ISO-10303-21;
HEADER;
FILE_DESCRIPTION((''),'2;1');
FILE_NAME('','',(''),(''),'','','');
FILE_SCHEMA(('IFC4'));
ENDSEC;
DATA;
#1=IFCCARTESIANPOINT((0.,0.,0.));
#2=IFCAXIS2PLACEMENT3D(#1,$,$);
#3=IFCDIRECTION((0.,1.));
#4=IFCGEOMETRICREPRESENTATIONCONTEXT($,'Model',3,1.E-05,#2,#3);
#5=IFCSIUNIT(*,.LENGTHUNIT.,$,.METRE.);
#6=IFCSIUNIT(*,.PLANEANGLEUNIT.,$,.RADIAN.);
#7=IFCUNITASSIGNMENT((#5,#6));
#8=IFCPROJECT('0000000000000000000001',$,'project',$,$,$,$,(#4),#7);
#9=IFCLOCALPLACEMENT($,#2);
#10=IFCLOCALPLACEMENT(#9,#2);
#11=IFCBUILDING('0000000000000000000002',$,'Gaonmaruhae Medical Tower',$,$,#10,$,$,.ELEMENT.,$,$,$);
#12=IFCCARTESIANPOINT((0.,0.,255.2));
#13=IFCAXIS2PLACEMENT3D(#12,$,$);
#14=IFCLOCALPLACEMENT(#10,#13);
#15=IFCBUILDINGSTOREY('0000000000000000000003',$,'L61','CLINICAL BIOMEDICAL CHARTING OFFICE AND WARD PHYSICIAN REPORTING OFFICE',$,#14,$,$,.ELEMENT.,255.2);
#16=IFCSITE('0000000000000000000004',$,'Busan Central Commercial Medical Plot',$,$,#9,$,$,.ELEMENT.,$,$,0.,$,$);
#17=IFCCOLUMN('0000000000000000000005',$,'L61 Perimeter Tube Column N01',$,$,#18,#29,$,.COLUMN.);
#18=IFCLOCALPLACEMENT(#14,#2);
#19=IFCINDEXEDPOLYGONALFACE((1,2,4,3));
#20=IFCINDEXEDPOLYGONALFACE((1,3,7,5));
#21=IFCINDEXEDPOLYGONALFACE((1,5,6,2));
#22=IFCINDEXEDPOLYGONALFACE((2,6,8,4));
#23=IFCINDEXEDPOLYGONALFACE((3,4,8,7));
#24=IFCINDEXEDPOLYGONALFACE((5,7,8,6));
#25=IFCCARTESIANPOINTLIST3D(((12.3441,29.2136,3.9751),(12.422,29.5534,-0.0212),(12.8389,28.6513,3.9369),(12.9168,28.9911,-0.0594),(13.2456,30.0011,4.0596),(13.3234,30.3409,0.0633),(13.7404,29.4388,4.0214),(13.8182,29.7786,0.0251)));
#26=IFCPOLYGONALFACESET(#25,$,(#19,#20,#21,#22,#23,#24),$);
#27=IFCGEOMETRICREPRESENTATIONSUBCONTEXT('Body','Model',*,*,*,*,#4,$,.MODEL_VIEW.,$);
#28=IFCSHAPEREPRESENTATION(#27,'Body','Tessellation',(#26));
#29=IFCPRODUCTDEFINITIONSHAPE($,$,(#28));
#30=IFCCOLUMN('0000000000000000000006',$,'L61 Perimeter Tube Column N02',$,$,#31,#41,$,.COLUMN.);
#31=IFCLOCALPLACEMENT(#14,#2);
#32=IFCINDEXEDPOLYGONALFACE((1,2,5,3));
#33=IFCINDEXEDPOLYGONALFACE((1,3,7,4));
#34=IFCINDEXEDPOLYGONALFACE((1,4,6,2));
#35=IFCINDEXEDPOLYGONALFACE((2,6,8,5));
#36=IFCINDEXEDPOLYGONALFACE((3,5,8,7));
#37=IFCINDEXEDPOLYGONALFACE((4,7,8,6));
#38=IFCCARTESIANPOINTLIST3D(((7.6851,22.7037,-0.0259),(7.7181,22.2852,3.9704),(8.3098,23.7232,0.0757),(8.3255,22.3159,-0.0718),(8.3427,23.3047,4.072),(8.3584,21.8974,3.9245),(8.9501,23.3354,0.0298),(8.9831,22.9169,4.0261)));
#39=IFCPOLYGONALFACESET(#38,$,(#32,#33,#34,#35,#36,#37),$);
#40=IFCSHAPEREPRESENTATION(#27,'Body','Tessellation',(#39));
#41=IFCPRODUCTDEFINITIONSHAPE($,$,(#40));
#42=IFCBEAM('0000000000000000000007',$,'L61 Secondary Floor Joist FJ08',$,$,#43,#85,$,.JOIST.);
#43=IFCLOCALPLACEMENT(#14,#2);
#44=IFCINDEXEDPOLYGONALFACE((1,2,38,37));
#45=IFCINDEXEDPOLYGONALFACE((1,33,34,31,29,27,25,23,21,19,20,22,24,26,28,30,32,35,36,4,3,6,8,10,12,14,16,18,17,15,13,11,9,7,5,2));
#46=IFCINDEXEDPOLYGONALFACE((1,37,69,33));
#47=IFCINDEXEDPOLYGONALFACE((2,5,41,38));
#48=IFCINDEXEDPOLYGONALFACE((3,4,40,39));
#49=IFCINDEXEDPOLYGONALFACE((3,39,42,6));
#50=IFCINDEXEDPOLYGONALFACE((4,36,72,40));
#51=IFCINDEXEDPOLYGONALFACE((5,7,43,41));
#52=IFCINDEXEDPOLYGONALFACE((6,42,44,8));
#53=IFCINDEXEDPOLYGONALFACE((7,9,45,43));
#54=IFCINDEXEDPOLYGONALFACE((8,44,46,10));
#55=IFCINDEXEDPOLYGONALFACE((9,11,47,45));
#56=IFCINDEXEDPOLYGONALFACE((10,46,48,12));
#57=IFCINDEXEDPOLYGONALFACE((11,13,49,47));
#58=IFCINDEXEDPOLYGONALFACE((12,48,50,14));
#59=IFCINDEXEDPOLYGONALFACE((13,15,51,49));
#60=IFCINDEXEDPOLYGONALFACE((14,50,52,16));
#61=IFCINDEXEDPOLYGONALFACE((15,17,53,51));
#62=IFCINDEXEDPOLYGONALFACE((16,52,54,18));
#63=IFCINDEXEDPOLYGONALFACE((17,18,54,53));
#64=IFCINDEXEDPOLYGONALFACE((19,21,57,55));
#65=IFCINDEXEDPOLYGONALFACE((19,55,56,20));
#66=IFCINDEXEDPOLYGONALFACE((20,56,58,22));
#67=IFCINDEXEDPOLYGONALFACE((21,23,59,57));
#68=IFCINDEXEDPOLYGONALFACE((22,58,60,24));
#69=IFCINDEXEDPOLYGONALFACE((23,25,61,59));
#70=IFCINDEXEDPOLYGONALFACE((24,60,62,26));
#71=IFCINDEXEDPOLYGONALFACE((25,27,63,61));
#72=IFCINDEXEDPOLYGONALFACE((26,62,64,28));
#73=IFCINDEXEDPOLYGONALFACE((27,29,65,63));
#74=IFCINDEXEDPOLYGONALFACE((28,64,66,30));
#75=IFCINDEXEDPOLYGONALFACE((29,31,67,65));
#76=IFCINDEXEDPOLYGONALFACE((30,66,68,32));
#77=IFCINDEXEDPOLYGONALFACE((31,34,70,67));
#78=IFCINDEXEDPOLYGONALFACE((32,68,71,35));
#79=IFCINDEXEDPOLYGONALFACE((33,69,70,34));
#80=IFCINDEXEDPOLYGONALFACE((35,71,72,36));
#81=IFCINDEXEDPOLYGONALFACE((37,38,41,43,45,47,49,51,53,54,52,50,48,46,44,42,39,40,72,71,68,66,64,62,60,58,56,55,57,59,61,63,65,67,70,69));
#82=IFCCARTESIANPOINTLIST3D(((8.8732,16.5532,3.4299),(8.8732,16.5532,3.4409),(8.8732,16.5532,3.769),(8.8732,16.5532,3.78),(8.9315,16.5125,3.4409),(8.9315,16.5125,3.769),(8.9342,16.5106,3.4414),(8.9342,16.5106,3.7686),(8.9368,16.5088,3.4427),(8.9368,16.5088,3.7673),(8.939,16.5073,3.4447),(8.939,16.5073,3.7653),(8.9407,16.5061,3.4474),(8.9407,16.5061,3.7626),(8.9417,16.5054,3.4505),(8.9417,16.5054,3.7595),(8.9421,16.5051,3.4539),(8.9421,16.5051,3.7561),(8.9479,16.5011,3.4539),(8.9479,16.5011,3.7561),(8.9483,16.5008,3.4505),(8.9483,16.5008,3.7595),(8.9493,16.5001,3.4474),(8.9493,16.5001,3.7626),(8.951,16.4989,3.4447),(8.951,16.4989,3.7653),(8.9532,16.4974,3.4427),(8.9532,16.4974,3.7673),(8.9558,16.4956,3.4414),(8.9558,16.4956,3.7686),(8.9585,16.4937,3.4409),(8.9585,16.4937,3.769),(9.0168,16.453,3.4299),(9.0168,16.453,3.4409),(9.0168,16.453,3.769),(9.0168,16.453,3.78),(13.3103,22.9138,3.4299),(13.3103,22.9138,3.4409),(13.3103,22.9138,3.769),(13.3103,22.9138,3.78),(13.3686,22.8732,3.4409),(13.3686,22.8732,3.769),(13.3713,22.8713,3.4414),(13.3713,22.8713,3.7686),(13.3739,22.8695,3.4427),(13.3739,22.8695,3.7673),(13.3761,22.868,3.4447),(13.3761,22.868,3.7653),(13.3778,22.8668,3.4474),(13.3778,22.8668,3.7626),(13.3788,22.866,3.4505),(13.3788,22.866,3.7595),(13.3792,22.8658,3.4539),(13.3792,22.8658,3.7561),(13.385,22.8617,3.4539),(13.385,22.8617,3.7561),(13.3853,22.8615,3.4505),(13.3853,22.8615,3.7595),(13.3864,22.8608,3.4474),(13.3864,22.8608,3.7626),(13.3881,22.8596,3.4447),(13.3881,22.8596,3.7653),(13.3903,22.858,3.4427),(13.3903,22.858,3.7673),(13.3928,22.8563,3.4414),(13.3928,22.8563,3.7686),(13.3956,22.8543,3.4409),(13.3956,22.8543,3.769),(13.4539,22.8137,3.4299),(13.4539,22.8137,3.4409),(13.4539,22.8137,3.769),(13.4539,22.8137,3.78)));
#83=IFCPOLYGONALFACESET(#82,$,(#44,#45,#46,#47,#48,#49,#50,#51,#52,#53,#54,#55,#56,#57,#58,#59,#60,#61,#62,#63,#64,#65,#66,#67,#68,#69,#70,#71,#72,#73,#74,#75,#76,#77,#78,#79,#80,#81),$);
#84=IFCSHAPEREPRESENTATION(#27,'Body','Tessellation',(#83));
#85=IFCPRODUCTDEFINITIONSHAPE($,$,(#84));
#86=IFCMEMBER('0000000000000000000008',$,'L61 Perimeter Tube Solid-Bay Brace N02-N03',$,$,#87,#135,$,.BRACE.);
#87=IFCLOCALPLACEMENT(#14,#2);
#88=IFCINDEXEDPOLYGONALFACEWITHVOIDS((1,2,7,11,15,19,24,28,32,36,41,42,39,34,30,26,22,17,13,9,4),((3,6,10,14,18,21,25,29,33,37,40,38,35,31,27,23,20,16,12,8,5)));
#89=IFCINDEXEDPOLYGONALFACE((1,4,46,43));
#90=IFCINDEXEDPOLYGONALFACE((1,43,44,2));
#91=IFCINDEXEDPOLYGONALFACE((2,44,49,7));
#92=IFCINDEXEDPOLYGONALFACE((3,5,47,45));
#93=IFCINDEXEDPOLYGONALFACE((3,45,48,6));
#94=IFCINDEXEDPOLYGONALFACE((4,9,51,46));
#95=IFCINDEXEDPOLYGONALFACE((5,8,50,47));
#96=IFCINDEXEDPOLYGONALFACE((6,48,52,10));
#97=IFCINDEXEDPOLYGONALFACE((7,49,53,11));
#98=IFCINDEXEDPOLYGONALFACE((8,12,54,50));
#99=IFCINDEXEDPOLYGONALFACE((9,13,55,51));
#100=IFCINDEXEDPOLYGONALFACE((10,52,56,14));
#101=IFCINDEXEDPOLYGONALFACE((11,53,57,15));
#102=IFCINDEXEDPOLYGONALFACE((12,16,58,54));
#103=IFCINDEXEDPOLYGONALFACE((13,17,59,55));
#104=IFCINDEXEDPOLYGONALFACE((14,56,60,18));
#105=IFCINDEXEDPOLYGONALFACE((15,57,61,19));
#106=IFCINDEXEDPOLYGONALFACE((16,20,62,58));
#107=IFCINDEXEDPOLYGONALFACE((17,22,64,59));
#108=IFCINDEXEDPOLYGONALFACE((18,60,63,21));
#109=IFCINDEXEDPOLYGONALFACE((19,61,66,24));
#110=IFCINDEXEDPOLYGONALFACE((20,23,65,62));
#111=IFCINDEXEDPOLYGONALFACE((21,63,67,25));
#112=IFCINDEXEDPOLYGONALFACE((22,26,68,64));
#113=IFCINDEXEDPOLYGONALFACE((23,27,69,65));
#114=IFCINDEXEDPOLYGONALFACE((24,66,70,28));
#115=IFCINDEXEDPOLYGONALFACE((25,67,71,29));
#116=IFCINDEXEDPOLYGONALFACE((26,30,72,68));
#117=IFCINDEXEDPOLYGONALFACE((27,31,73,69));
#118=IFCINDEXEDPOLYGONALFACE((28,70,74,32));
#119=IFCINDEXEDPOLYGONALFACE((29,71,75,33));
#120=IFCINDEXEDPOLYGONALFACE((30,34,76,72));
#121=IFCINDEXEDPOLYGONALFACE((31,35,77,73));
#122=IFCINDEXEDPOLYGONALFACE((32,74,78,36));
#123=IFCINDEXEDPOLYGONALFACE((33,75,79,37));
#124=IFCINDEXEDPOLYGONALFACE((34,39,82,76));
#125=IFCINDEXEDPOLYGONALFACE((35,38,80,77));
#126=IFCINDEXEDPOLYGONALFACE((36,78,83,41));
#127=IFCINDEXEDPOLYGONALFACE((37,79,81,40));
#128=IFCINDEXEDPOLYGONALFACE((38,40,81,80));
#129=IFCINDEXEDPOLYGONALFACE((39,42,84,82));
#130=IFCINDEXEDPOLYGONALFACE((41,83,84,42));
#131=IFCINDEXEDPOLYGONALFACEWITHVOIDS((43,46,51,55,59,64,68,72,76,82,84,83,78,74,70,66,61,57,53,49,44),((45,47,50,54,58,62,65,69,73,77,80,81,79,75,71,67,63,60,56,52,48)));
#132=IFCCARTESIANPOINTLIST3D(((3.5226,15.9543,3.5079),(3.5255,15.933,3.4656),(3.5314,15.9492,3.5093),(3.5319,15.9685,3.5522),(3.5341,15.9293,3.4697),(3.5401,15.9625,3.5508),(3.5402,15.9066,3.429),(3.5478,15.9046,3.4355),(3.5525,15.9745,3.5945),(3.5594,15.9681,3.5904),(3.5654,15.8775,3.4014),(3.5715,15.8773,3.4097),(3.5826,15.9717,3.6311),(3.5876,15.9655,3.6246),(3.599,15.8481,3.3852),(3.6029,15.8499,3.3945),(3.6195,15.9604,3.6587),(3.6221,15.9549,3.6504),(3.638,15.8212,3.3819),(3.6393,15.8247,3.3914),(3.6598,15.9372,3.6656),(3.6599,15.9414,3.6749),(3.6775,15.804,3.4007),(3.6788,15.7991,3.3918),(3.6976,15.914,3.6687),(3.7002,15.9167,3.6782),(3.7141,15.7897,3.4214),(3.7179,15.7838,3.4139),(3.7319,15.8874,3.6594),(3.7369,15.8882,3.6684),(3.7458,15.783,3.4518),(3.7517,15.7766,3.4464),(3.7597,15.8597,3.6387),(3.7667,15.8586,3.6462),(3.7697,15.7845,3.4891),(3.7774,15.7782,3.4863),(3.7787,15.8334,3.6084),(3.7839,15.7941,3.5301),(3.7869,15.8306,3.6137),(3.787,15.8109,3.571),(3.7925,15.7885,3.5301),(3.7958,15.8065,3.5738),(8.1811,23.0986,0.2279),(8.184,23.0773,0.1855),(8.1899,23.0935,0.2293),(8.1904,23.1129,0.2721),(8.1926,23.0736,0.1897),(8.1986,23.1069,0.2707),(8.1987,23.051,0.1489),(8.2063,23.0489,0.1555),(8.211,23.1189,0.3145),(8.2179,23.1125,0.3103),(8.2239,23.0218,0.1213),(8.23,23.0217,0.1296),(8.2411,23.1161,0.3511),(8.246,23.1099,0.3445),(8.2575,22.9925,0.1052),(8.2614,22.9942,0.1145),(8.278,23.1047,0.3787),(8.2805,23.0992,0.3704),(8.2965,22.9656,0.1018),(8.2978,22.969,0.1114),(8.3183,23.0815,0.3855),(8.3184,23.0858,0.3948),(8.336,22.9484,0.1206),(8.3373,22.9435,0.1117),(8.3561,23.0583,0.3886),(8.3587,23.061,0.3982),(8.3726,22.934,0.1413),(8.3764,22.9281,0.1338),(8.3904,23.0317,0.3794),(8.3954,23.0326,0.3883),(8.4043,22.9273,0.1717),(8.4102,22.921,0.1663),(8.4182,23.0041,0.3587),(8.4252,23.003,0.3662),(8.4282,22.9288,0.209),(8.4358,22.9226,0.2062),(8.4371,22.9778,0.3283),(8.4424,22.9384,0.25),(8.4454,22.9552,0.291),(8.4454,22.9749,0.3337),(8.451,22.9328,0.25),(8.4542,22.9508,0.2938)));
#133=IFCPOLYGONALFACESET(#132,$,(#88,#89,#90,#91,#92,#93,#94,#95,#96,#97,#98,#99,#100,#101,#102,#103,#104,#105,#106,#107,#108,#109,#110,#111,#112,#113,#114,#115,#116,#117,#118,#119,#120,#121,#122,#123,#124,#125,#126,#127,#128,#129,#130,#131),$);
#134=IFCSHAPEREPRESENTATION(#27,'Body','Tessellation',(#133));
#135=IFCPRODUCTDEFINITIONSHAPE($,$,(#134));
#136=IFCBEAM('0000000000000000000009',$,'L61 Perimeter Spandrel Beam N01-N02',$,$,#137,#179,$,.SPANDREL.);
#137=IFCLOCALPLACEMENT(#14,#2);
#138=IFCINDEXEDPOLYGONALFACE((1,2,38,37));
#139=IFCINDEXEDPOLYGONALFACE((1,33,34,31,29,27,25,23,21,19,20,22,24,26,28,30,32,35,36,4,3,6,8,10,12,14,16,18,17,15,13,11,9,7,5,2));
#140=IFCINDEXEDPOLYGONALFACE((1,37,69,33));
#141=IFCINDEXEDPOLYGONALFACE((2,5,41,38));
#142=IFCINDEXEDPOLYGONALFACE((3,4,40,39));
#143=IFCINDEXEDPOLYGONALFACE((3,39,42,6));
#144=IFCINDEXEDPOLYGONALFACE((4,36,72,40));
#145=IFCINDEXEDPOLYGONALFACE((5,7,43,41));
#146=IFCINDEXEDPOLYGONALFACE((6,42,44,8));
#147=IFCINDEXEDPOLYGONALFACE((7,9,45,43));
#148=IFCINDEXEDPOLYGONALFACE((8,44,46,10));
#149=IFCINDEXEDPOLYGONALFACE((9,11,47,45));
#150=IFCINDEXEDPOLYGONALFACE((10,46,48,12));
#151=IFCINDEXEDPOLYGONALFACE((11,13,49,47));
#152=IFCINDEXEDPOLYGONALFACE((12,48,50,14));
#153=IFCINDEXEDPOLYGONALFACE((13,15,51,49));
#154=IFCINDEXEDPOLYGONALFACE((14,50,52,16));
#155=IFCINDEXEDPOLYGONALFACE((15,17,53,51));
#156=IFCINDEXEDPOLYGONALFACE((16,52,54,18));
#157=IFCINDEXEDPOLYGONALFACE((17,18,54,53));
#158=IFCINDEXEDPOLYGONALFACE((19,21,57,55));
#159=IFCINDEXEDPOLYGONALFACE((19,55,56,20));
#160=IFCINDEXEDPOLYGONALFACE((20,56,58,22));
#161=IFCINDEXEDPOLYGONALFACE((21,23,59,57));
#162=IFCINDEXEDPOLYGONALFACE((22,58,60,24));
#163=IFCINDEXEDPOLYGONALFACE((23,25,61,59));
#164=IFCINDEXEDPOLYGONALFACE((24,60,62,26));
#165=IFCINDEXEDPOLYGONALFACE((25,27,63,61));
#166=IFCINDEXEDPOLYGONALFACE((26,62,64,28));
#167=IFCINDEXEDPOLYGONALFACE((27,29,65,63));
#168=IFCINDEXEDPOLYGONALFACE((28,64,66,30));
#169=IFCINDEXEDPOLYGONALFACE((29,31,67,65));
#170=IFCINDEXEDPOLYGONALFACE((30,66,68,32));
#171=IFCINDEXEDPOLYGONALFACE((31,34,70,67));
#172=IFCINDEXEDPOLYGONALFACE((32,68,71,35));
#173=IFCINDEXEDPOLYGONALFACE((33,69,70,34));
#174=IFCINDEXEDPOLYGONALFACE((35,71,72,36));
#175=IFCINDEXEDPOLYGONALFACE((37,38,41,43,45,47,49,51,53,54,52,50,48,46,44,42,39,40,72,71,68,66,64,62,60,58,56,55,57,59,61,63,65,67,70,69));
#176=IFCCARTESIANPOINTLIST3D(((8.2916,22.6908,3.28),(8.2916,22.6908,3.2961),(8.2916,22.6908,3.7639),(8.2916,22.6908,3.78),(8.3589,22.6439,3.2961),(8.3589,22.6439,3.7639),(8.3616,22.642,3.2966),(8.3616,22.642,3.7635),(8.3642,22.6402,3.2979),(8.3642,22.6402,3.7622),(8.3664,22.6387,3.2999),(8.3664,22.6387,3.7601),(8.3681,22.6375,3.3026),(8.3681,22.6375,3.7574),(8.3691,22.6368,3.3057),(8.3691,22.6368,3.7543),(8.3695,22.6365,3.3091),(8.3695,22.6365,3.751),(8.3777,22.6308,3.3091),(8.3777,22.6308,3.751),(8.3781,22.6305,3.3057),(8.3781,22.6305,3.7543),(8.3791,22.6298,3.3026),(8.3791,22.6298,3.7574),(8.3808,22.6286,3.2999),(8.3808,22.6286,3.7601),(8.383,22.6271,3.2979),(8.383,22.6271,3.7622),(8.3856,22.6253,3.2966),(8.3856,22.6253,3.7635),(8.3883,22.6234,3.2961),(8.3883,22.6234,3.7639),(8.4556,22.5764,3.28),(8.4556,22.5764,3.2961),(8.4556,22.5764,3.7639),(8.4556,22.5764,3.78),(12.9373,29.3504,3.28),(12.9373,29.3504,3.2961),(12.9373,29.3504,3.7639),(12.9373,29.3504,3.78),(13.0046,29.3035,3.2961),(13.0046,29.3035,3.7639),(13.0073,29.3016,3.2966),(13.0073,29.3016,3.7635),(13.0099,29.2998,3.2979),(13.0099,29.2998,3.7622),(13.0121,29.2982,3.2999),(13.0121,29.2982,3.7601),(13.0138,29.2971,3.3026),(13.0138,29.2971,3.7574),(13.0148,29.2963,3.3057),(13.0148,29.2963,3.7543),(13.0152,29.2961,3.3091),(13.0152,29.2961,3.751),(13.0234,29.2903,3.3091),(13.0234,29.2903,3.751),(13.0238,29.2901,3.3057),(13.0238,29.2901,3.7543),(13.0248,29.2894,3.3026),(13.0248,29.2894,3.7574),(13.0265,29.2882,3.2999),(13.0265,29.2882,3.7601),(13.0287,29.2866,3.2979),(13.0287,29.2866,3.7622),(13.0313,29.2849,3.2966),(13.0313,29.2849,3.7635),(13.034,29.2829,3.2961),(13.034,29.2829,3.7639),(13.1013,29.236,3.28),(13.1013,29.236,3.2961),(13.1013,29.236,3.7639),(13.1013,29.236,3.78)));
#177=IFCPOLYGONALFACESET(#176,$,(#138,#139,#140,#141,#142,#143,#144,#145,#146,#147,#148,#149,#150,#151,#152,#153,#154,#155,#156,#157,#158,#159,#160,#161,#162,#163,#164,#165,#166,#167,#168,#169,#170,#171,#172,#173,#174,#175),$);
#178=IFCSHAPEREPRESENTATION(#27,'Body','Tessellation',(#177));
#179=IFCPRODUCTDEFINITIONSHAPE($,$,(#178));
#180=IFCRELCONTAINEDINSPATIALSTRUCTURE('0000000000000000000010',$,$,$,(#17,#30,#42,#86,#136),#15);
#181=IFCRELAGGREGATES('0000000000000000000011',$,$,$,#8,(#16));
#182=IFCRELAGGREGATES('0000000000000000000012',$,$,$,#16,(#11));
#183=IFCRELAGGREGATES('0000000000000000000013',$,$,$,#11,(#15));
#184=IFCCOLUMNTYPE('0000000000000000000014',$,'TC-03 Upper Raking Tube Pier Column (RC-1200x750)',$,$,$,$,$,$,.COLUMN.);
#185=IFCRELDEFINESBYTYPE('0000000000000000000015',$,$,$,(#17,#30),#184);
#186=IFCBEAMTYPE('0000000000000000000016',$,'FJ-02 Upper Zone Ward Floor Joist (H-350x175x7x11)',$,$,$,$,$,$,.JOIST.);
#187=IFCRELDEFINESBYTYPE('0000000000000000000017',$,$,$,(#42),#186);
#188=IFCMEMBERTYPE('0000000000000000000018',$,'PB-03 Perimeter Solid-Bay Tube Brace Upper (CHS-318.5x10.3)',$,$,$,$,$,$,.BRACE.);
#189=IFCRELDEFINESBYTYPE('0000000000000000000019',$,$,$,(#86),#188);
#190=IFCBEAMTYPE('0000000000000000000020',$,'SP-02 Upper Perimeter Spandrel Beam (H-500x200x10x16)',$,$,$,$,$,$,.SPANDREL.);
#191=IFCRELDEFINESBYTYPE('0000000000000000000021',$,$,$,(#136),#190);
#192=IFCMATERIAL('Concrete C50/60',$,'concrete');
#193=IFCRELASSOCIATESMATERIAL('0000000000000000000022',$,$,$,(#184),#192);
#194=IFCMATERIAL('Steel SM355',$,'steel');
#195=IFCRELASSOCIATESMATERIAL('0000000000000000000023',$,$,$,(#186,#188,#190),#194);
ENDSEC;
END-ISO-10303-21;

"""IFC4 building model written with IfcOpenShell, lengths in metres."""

from ifc_helpers import new_model, si_unit, direction, frame, origin, origin_2d, place, context, subcontext, project, spatial, rectangle, hollow_circle, i_section, extrude, material, material_profile, profile_set, type_object, element, save


model = new_model("IFC4")

# Units and contexts
model_context = context("Model", 3, precision=1e-05, world=origin(), true_north=direction((0.0, 1.0)))
body_context = subcontext(model_context, "Body", "Model", "MODEL_VIEW")
ifc_project = project(units=[si_unit("LENGTHUNIT", "METRE"), si_unit("PLANEANGLEUNIT", "RADIAN")], contexts=[model_context])

# Site, building, storey
site_placement = place(None, origin())
site = spatial("IfcSite", under=ifc_project, at=site_placement, Name="Busan Central Commercial Medical Plot", CompositionType="ELEMENT", RefElevation=0.0)
building_placement = place(site_placement, origin())
building = spatial("IfcBuilding", under=site, at=building_placement, Name="Gaonmaruhae Medical Tower", CompositionType="ELEMENT")
storey_placement = place(building_placement, frame((0.0, 0.0, 255.2)))
storey = spatial("IfcBuildingStorey", under=building, at=storey_placement, Name="L61", Description="CLINICAL BIOMEDICAL CHARTING OFFICE AND WARD PHYSICIAN REPORTING OFFICE", CompositionType="ELEMENT", Elevation=255.2)

# Columns
ifc_material_1 = material(Name="Concrete C50/60", Category="concrete")
ifc_material_profile_1 = material_profile(ifc_material_1, rectangle(XDim=1.2, YDim=0.75, at=origin_2d()), Name="RC-1200x750")
ifc_profile_set_1 = profile_set([ifc_material_profile_1], Name="Concrete C50/60")
column_type = type_object("IfcColumnType", Name="TC-03 Upper Raking Tube Pier Column (RC-1200x750)", PredefinedType="COLUMN", material=ifc_profile_set_1)
column_1_placement = place(storey_placement, frame((13.1201, 29.666, 0.002), z_axis=(-0.019414, -0.084717, 0.996216), x_axis=(0.75124, 0.656259, 0.070448)))
element("IfcColumn", 1, at=column_1_placement, inside=storey, type_object=column_type, Name="L61 Perimeter Tube Column N01", PredefinedType="COLUMN", context=body_context, shape_type="SweptSolid", body=[
    extrude(rectangle(XDim=1.2, YDim=0.75, at=origin_2d()), origin(), (0.0, 0.0, 1.0), 4.0115),
])
column_2_placement = place(storey_placement, frame((8.3176, 23.0195, 0.002), z_axis=(0.008202, -0.104137, 0.994529), x_axis=(0.520561, 0.849616, 0.08467)))
element("IfcColumn", 2, at=column_2_placement, inside=storey, type_object=column_type, Name="L61 Perimeter Tube Column N02", PredefinedType="COLUMN", context=body_context, shape_type="SweptSolid", body=[
    extrude(rectangle(XDim=1.2, YDim=0.75, at=origin_2d()), origin(), (0.0, 0.0, 1.0), 4.0183),
])

# Beam
ifc_material_2 = material(Name="Steel SM355", Category="steel")
ifc_material_profile_2 = material_profile(ifc_material_2, i_section(OverallWidth=0.175, OverallDepth=0.3501, WebThickness=0.0071, FlangeThickness=0.011, FilletRadius=0.0129, at=origin_2d()), Name="H-350x175x7x11")
ifc_profile_set_2 = profile_set([ifc_material_profile_2], Name="Steel SM355")
beam_type_1 = type_object("IfcBeamType", Name="FJ-02 Upper Zone Ward Floor Joist (H-350x175x7x11)", PredefinedType="JOIST", material=ifc_profile_set_2)
beam_placement = place(storey_placement, frame((13.3821, 22.8638, 3.605), z_axis=(-0.572128, -0.820164, 0.0), x_axis=(0.820164, -0.572128, 0.0)))
element("IfcBeam", 3, at=beam_placement, inside=storey, type_object=beam_type_1, Name="L61 Secondary Floor Joist FJ08", PredefinedType="JOIST", context=body_context, shape_type="SweptSolid", body=[
    extrude(i_section(OverallWidth=0.175, OverallDepth=0.3501, WebThickness=0.0071, FlangeThickness=0.011, FilletRadius=0.0129, at=origin_2d()), origin(), (0.0, 0.0, 1.0), 7.7554),
])

# Member
ifc_material_profile_3 = material_profile(ifc_material_2, hollow_circle(Radius=0.1592, WallThickness=0.0103, at=origin_2d()), Name="CHS-318.5x10.3")
ifc_profile_set_3 = profile_set([ifc_material_profile_3], Name="Steel SM355")
member_type = type_object("IfcMemberType", Name="PB-03 Perimeter Solid-Bay Tube Brace Upper (CHS-318.5x10.3)", PredefinedType="BRACE", material=ifc_profile_set_3)
member_placement = place(storey_placement, frame((8.3176, 23.0198, 0.25), z_axis=(-0.509796, -0.781833, 0.358949), x_axis=(0.837657, -0.546196, 0.0)))
element("IfcMember", 4, at=member_placement, inside=storey, type_object=member_type, Name="L61 Perimeter Tube Solid-Bay Brace N02-N03", PredefinedType="BRACE", context=body_context, shape_type="SweptSolid", body=[
    extrude(hollow_circle(Radius=0.1592, WallThickness=0.0103, at=origin_2d()), origin(), (0.0, 0.0, 1.0), 9.1379),
])

# Beam
ifc_material_profile_4 = material_profile(ifc_material_2, i_section(OverallWidth=0.2, OverallDepth=0.5, WebThickness=0.01, FlangeThickness=0.0161, FilletRadius=0.0129, at=origin_2d()), Name="H-500x200x10x16")
ifc_profile_set_4 = profile_set([ifc_material_profile_4], Name="Steel SM355")
beam_type_2 = type_object("IfcBeamType", Name="SP-02 Upper Perimeter Spandrel Beam (H-500x200x10x16)", PredefinedType="SPANDREL", material=ifc_profile_set_4)
for number, where, z_axis, x_axis, name in (
    (5, (13.0193, 29.2932, 3.53), (-0.572138, -0.820157, 0.0), (0.820157, -0.572138, 0.0), "L61 Perimeter Spandrel Beam N01-N02"),
):
    element("IfcBeam", number, at=place(storey_placement, frame(where, z_axis=z_axis, x_axis=x_axis)), inside=storey, type_object=beam_type_2, Name=name, PredefinedType="SPANDREL", context=body_context, shape_type="SweptSolid", body=[
        extrude(i_section(OverallWidth=0.2, OverallDepth=0.5, WebThickness=0.01, FlangeThickness=0.0161, FilletRadius=0.0129, at=origin_2d()), origin(), (0.0, 0.0, 1.0), 8.1199),
    ])

save(model, "model.ifc")
